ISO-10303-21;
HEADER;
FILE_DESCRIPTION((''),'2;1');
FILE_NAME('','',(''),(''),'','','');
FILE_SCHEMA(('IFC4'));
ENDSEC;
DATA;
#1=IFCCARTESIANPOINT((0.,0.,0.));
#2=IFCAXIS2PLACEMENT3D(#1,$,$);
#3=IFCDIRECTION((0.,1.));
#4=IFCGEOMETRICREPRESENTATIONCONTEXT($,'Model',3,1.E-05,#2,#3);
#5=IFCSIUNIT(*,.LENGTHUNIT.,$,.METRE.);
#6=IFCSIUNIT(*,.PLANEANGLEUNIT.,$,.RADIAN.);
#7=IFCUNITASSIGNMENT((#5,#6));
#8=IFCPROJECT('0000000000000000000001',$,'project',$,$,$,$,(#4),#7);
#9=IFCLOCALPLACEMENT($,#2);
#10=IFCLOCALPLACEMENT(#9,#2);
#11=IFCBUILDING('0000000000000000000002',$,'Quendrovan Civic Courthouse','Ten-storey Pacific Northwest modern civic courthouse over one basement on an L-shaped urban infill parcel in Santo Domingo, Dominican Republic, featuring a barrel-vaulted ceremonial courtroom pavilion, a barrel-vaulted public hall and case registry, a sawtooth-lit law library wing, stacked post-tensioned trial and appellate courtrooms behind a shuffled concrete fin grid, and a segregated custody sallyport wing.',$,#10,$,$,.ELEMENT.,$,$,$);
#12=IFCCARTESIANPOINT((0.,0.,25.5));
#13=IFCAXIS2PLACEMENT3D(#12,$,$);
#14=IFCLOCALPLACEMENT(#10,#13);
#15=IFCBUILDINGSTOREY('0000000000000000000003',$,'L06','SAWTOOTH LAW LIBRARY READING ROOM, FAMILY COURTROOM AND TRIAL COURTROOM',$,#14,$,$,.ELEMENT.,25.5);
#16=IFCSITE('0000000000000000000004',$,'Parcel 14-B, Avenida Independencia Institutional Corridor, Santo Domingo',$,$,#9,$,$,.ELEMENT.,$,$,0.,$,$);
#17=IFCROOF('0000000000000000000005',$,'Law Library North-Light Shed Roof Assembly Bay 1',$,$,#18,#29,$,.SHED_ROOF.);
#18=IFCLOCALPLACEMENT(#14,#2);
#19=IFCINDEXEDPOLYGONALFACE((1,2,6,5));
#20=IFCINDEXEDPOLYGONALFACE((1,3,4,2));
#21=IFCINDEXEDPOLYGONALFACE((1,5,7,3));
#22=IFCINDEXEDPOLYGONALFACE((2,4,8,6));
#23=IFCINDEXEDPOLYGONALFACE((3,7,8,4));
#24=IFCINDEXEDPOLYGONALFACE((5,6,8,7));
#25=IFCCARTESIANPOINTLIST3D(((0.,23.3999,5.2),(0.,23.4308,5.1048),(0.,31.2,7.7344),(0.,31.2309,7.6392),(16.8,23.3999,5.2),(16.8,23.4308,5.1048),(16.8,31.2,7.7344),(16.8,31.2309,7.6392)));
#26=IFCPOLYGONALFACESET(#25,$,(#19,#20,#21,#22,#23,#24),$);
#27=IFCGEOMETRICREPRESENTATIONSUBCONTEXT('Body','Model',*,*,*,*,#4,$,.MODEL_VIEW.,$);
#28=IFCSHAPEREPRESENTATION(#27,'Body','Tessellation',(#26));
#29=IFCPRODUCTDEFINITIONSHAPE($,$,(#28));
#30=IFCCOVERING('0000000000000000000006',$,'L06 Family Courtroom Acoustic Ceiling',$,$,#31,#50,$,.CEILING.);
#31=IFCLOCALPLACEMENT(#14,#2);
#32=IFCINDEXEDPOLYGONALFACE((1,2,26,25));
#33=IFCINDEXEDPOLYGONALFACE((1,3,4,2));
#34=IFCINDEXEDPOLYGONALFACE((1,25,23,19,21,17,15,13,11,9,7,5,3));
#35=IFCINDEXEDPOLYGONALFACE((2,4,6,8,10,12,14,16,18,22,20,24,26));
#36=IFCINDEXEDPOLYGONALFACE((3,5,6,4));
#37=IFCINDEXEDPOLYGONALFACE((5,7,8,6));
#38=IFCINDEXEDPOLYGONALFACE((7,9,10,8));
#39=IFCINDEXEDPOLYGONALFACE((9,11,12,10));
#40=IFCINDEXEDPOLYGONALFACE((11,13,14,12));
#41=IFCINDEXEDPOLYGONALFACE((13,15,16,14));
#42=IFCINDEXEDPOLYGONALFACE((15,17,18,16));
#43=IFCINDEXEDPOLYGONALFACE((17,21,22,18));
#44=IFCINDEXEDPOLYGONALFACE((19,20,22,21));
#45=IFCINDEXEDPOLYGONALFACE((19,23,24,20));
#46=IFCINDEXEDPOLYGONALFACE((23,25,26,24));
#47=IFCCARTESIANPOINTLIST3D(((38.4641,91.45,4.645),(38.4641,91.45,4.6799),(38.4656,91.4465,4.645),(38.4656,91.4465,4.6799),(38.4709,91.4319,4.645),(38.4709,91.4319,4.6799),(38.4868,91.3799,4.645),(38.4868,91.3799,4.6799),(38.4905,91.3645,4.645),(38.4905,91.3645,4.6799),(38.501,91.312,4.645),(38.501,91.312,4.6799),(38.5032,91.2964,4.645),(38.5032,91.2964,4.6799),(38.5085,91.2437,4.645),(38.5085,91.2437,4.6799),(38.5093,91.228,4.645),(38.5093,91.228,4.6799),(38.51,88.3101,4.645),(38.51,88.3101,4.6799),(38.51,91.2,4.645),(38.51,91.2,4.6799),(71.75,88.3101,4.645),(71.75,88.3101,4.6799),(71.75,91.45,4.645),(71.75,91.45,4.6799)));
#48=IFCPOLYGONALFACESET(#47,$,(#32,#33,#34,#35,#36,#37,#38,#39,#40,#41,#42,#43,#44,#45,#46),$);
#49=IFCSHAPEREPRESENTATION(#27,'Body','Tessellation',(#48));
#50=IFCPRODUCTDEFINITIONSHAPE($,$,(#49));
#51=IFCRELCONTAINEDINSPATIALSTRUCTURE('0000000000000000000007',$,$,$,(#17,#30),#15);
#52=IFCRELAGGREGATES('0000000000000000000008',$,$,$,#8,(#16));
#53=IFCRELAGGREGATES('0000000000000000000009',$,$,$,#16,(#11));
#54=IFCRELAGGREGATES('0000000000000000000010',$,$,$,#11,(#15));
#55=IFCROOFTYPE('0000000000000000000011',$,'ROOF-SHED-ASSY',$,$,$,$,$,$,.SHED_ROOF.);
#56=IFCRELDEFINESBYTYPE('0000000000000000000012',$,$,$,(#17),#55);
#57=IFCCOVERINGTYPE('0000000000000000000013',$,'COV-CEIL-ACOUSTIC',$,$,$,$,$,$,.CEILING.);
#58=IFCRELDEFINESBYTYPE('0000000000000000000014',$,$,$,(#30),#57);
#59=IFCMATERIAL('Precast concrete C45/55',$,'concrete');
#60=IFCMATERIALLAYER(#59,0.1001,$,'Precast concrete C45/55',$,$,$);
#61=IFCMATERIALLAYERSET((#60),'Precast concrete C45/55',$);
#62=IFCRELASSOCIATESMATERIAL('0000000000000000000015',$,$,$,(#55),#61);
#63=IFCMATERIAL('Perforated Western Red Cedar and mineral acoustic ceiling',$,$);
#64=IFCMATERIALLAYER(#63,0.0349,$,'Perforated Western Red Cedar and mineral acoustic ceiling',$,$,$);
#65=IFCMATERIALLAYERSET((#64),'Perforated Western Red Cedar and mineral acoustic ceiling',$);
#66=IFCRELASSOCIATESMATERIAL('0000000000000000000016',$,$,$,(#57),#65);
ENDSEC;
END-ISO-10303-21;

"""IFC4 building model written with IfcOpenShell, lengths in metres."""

from ifc_helpers import new_model, si_unit, direction, frame, origin, place, context, subcontext, project, spatial, polyline, outline, extrude, material, layer, layer_set, type_object, element, save


model = new_model("IFC4")

# Units and contexts
model_context = context("Model", 3, precision=1e-05, world=origin(), true_north=direction((0.0, 1.0)))
body_context = subcontext(model_context, "Body", "Model", "MODEL_VIEW")
ifc_project = project(units=[si_unit("LENGTHUNIT", "METRE"), si_unit("PLANEANGLEUNIT", "RADIAN")], contexts=[model_context])

# Site, building, storey
site_placement = place(None, origin())
site = spatial("IfcSite", under=ifc_project, at=site_placement, Name="Parcel 14-B, Avenida Independencia Institutional Corridor, Santo Domingo", CompositionType="ELEMENT", RefElevation=0.0)
building_placement = place(site_placement, origin())
building = spatial("IfcBuilding", under=site, at=building_placement, Name="Quendrovan Civic Courthouse", Description="Ten-storey Pacific Northwest modern civic courthouse over one basement on an L-shaped urban infill parcel in Santo Domingo, Dominican Republic, featuring a barrel-vaulted ceremonial courtroom pavilion, a barrel-vaulted public hall and case registry, a sawtooth-lit law library wing, stacked post-tensioned trial and appellate courtrooms behind a shuffled concrete fin grid, and a segregated custody sallyport wing.", CompositionType="ELEMENT")
storey_placement = place(building_placement, frame((0.0, 0.0, 25.5)))
storey = spatial("IfcBuildingStorey", under=building, at=storey_placement, Name="L06", Description="SAWTOOTH LAW LIBRARY READING ROOM, FAMILY COURTROOM AND TRIAL COURTROOM", CompositionType="ELEMENT", Elevation=25.5)

# Shared definitions
ifc_material_1 = material(Name="Precast concrete C45/55", Category="concrete")

# Roof
ifc_layer_1 = layer(ifc_material_1, 0.1001, Name="Precast concrete C45/55")
ifc_layer_set_1 = layer_set([ifc_layer_1], Name="Precast concrete C45/55")
roof_type = type_object("IfcRoofType", Name="ROOF-SHED-ASSY", PredefinedType="SHED_ROOF", material=ifc_layer_set_1)
roof_placement = place(storey_placement, frame((0.0, 23.3999, 5.2), z_axis=(0.0, -0.309021, 0.951055), x_axis=(1.0, 0.0, 0.0)))
element("IfcRoof", 1, at=roof_placement, inside=storey, type_object=roof_type, Name="Law Library North-Light Shed Roof Assembly Bay 1", PredefinedType="SHED_ROOF", context=body_context, shape_type="SweptSolid", body=[
    extrude(outline(polyline([(0.0, 0.0), (16.8, 0.0), (16.8, 8.2015), (0.0, 8.2015), (0.0, 0.0)])), origin(), (0.0, 0.0, -1.0), 0.1001),
])

# Covering
ifc_material_2 = material(Name="Perforated Western Red Cedar and mineral acoustic ceiling")
ifc_layer_2 = layer(ifc_material_2, 0.0349, Name="Perforated Western Red Cedar and mineral acoustic ceiling")
ifc_layer_set_2 = layer_set([ifc_layer_2], Name="Perforated Western Red Cedar and mineral acoustic ceiling")
covering_type_1 = type_object("IfcCoveringType", Name="COV-CEIL-ACOUSTIC", PredefinedType="CEILING", material=ifc_layer_set_2)
covering_1_placement = place(storey_placement, frame((0.0, 0.0, 4.645)))
element("IfcCovering", 2, at=covering_1_placement, inside=storey, type_object=covering_type_1, Name="L06 Family Courtroom Acoustic Ceiling", PredefinedType="CEILING", context=body_context, shape_type="SweptSolid", body=[
    extrude(outline(polyline([(38.5093, 91.228), (38.5085, 91.2437), (38.5032, 91.2964), (38.501, 91.312), (38.4905, 91.3645), (38.4868, 91.3799), (38.4709, 91.4319), (38.4656, 91.4465), (38.4641, 91.45), (71.75, 91.45), (71.75, 88.3101), (38.51, 88.3101), (38.51, 91.2), (38.5093, 91.228)])), origin(), (0.0, 0.0, 1.0), 0.0349),
])

save(model, "model.ifc")
